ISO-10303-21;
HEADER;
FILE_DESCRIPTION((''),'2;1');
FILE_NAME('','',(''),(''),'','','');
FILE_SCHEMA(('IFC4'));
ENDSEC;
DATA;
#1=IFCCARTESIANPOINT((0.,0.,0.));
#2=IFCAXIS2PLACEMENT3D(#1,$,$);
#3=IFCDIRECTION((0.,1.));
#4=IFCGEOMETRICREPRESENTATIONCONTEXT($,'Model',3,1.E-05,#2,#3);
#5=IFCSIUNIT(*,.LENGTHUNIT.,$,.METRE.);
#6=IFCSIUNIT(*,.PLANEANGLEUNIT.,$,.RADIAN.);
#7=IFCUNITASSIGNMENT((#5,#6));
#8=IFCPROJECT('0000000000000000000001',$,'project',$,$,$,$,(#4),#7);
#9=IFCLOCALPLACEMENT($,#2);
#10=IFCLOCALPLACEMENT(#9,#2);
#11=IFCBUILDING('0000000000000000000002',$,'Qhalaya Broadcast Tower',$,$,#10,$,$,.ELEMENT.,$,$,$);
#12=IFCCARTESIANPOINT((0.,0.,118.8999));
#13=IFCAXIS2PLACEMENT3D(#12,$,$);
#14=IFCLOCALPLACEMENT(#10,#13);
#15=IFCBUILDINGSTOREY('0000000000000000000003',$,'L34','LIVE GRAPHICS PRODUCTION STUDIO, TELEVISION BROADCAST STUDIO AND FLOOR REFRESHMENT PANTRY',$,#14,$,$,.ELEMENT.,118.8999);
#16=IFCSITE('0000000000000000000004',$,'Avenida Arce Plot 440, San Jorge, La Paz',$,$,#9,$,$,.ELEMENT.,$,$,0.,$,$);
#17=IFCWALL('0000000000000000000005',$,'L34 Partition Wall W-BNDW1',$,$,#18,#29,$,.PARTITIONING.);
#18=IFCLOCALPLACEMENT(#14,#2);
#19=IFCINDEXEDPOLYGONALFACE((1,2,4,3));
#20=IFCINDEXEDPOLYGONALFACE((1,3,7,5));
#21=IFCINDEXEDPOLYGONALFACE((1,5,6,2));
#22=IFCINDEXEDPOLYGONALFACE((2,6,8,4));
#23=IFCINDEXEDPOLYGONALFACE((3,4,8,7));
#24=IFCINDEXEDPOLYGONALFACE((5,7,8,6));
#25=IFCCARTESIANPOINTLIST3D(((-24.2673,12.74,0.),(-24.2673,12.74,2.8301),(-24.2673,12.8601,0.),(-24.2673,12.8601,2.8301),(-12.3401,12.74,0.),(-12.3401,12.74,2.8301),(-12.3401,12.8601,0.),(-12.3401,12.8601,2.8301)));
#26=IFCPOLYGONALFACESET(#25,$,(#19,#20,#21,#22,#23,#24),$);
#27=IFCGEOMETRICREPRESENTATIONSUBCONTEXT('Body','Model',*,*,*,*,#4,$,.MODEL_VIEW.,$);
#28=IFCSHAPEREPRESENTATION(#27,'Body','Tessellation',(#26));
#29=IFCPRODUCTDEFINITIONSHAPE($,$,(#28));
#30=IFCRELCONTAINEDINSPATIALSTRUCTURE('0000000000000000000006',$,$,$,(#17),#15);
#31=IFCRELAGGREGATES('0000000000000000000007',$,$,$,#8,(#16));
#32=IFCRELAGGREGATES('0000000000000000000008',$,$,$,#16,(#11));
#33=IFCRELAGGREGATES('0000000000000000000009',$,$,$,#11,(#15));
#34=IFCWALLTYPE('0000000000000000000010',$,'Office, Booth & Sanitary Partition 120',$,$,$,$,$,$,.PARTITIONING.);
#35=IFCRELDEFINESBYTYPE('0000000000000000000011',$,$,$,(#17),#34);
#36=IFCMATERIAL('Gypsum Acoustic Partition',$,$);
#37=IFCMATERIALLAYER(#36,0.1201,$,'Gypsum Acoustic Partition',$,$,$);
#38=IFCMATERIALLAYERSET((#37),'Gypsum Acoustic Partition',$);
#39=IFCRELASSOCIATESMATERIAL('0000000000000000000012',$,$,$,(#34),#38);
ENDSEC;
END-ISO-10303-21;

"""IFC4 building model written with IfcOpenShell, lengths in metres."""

from ifc_helpers import new_model, si_unit, direction, frame, frame_2d, origin, place, context, subcontext, project, spatial, rectangle, extrude, material, layer, layer_set, type_object, element, save


model = new_model("IFC4")

# Units and contexts
model_context = context("Model", 3, precision=1e-05, world=origin(), true_north=direction((0.0, 1.0)))
body_context = subcontext(model_context, "Body", "Model", "MODEL_VIEW")
ifc_project = project(units=[si_unit("LENGTHUNIT", "METRE"), si_unit("PLANEANGLEUNIT", "RADIAN")], contexts=[model_context])

# Site, building, storey
site_placement = place(None, origin())
site = spatial("IfcSite", under=ifc_project, at=site_placement, Name="Avenida Arce Plot 440, San Jorge, La Paz", CompositionType="ELEMENT", RefElevation=0.0)
building_placement = place(site_placement, origin())
building = spatial("IfcBuilding", under=site, at=building_placement, Name="Qhalaya Broadcast Tower", CompositionType="ELEMENT")
storey_placement = place(building_placement, frame((0.0, 0.0, 118.8999)))
storey = spatial("IfcBuildingStorey", under=building, at=storey_placement, Name="L34", Description="LIVE GRAPHICS PRODUCTION STUDIO, TELEVISION BROADCAST STUDIO AND FLOOR REFRESHMENT PANTRY", CompositionType="ELEMENT", Elevation=118.8999)

# Wall
ifc_material_1 = material(Name="Gypsum Acoustic Partition")
ifc_layer_1 = layer(ifc_material_1, 0.1201, Name="Gypsum Acoustic Partition")
ifc_layer_set_1 = layer_set([ifc_layer_1], Name="Gypsum Acoustic Partition")
wall_type_1 = type_object("IfcWallType", Name="Office, Booth & Sanitary Partition 120", PredefinedType="PARTITIONING", material=ifc_layer_set_1)
wall_1_placement = place(storey_placement, frame((-24.2673, 12.8, 0.0), z_axis=(0.0, 0.0, 1.0), x_axis=(1.0, 0.0, 0.0)))
element("IfcWall", 1, at=wall_1_placement, inside=storey, type_object=wall_type_1, Name="L34 Partition Wall W-BNDW1", PredefinedType="PARTITIONING", context=body_context, shape_type="SweptSolid", body=[
    extrude(rectangle(XDim=11.9272, YDim=0.1201, at=frame_2d((5.9636, 0.0))), origin(), (0.0, 0.0, 1.0), 2.8301),
])

save(model, "model.ifc")
